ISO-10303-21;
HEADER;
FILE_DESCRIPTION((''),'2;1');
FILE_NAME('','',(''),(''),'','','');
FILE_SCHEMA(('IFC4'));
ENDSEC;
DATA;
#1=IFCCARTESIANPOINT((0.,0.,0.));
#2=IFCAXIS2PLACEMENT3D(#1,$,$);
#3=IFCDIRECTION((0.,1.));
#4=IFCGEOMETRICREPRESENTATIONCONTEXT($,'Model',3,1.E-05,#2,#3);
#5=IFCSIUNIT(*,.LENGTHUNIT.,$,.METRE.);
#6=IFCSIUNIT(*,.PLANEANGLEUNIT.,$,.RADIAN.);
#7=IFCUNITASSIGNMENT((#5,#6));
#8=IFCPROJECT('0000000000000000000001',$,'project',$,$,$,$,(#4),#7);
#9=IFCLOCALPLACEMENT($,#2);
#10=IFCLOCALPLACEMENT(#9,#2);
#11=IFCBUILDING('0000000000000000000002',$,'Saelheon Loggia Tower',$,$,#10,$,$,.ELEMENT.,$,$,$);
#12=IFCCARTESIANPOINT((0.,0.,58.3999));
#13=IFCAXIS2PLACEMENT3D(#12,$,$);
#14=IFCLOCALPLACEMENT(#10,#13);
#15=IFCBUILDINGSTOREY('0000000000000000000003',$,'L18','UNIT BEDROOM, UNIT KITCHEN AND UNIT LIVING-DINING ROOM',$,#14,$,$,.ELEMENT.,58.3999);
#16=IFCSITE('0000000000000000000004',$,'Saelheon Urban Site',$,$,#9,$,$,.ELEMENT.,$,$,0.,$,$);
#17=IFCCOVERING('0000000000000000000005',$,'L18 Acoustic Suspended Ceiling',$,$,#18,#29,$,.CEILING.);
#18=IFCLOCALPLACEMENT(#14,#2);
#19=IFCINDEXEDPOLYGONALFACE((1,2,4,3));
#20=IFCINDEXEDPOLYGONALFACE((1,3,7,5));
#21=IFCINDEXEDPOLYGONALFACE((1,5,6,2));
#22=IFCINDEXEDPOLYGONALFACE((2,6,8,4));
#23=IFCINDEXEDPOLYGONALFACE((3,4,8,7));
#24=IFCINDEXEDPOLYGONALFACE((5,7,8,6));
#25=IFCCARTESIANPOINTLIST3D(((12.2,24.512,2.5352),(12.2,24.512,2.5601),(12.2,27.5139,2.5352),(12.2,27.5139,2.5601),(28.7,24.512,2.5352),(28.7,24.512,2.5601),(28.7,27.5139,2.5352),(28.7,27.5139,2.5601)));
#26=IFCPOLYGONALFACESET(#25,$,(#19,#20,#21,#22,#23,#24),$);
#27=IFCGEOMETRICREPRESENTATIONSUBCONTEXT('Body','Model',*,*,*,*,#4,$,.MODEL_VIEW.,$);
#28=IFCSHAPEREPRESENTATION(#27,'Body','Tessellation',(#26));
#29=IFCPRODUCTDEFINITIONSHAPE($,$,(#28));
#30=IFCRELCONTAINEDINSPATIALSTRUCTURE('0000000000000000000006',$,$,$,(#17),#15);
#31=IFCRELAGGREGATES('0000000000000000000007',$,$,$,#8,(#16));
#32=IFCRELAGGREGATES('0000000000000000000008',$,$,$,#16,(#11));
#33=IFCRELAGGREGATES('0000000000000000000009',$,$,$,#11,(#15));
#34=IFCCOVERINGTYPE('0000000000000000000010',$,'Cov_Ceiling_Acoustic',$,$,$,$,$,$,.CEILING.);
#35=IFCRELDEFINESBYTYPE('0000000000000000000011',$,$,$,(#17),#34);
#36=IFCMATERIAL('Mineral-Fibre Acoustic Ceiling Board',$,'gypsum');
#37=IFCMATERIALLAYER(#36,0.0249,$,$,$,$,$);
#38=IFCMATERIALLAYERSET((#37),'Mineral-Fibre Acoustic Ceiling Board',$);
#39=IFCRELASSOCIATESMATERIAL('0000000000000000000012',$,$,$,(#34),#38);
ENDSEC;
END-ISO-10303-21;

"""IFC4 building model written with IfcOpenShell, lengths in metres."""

from ifc_helpers import new_model, si_unit, direction, frame, origin, place, context, subcontext, project, spatial, polyline, outline, extrude, material, layer, layer_set, type_object, element, save


model = new_model("IFC4")

# Units and contexts
model_context = context("Model", 3, precision=1e-05, world=origin(), true_north=direction((0.0, 1.0)))
body_context = subcontext(model_context, "Body", "Model", "MODEL_VIEW")
ifc_project = project(units=[si_unit("LENGTHUNIT", "METRE"), si_unit("PLANEANGLEUNIT", "RADIAN")], contexts=[model_context])

# Site, building, storey
site_placement = place(None, origin())
site = spatial("IfcSite", under=ifc_project, at=site_placement, Name="Saelheon Urban Site", CompositionType="ELEMENT", RefElevation=0.0)
building_placement = place(site_placement, origin())
building = spatial("IfcBuilding", under=site, at=building_placement, Name="Saelheon Loggia Tower", CompositionType="ELEMENT")
storey_placement = place(building_placement, frame((0.0, 0.0, 58.3999)))
storey = spatial("IfcBuildingStorey", under=building, at=storey_placement, Name="L18", Description="UNIT BEDROOM, UNIT KITCHEN AND UNIT LIVING-DINING ROOM", CompositionType="ELEMENT", Elevation=58.3999)

# Covering
ifc_material_1 = material(Name="Mineral-Fibre Acoustic Ceiling Board", Category="gypsum")
ifc_layer_1 = layer(ifc_material_1, 0.0249)
ifc_layer_set_1 = layer_set([ifc_layer_1], Name="Mineral-Fibre Acoustic Ceiling Board")
covering_type = type_object("IfcCoveringType", Name="Cov_Ceiling_Acoustic", PredefinedType="CEILING", material=ifc_layer_set_1)
covering_1_placement = place(storey_placement, frame((0.0, 0.0, 2.5352)))
element("IfcCovering", 1, at=covering_1_placement, inside=storey, type_object=covering_type, Name="L18 Acoustic Suspended Ceiling", PredefinedType="CEILING", context=body_context, shape_type="SweptSolid", body=[
    extrude(outline(polyline([(12.2, 24.512), (28.7, 24.512), (28.7, 27.5139), (12.2, 27.5139), (12.2, 24.512)])), origin(), (0.0, 0.0, 1.0), 0.0249),
])

save(model, "model.ifc")
